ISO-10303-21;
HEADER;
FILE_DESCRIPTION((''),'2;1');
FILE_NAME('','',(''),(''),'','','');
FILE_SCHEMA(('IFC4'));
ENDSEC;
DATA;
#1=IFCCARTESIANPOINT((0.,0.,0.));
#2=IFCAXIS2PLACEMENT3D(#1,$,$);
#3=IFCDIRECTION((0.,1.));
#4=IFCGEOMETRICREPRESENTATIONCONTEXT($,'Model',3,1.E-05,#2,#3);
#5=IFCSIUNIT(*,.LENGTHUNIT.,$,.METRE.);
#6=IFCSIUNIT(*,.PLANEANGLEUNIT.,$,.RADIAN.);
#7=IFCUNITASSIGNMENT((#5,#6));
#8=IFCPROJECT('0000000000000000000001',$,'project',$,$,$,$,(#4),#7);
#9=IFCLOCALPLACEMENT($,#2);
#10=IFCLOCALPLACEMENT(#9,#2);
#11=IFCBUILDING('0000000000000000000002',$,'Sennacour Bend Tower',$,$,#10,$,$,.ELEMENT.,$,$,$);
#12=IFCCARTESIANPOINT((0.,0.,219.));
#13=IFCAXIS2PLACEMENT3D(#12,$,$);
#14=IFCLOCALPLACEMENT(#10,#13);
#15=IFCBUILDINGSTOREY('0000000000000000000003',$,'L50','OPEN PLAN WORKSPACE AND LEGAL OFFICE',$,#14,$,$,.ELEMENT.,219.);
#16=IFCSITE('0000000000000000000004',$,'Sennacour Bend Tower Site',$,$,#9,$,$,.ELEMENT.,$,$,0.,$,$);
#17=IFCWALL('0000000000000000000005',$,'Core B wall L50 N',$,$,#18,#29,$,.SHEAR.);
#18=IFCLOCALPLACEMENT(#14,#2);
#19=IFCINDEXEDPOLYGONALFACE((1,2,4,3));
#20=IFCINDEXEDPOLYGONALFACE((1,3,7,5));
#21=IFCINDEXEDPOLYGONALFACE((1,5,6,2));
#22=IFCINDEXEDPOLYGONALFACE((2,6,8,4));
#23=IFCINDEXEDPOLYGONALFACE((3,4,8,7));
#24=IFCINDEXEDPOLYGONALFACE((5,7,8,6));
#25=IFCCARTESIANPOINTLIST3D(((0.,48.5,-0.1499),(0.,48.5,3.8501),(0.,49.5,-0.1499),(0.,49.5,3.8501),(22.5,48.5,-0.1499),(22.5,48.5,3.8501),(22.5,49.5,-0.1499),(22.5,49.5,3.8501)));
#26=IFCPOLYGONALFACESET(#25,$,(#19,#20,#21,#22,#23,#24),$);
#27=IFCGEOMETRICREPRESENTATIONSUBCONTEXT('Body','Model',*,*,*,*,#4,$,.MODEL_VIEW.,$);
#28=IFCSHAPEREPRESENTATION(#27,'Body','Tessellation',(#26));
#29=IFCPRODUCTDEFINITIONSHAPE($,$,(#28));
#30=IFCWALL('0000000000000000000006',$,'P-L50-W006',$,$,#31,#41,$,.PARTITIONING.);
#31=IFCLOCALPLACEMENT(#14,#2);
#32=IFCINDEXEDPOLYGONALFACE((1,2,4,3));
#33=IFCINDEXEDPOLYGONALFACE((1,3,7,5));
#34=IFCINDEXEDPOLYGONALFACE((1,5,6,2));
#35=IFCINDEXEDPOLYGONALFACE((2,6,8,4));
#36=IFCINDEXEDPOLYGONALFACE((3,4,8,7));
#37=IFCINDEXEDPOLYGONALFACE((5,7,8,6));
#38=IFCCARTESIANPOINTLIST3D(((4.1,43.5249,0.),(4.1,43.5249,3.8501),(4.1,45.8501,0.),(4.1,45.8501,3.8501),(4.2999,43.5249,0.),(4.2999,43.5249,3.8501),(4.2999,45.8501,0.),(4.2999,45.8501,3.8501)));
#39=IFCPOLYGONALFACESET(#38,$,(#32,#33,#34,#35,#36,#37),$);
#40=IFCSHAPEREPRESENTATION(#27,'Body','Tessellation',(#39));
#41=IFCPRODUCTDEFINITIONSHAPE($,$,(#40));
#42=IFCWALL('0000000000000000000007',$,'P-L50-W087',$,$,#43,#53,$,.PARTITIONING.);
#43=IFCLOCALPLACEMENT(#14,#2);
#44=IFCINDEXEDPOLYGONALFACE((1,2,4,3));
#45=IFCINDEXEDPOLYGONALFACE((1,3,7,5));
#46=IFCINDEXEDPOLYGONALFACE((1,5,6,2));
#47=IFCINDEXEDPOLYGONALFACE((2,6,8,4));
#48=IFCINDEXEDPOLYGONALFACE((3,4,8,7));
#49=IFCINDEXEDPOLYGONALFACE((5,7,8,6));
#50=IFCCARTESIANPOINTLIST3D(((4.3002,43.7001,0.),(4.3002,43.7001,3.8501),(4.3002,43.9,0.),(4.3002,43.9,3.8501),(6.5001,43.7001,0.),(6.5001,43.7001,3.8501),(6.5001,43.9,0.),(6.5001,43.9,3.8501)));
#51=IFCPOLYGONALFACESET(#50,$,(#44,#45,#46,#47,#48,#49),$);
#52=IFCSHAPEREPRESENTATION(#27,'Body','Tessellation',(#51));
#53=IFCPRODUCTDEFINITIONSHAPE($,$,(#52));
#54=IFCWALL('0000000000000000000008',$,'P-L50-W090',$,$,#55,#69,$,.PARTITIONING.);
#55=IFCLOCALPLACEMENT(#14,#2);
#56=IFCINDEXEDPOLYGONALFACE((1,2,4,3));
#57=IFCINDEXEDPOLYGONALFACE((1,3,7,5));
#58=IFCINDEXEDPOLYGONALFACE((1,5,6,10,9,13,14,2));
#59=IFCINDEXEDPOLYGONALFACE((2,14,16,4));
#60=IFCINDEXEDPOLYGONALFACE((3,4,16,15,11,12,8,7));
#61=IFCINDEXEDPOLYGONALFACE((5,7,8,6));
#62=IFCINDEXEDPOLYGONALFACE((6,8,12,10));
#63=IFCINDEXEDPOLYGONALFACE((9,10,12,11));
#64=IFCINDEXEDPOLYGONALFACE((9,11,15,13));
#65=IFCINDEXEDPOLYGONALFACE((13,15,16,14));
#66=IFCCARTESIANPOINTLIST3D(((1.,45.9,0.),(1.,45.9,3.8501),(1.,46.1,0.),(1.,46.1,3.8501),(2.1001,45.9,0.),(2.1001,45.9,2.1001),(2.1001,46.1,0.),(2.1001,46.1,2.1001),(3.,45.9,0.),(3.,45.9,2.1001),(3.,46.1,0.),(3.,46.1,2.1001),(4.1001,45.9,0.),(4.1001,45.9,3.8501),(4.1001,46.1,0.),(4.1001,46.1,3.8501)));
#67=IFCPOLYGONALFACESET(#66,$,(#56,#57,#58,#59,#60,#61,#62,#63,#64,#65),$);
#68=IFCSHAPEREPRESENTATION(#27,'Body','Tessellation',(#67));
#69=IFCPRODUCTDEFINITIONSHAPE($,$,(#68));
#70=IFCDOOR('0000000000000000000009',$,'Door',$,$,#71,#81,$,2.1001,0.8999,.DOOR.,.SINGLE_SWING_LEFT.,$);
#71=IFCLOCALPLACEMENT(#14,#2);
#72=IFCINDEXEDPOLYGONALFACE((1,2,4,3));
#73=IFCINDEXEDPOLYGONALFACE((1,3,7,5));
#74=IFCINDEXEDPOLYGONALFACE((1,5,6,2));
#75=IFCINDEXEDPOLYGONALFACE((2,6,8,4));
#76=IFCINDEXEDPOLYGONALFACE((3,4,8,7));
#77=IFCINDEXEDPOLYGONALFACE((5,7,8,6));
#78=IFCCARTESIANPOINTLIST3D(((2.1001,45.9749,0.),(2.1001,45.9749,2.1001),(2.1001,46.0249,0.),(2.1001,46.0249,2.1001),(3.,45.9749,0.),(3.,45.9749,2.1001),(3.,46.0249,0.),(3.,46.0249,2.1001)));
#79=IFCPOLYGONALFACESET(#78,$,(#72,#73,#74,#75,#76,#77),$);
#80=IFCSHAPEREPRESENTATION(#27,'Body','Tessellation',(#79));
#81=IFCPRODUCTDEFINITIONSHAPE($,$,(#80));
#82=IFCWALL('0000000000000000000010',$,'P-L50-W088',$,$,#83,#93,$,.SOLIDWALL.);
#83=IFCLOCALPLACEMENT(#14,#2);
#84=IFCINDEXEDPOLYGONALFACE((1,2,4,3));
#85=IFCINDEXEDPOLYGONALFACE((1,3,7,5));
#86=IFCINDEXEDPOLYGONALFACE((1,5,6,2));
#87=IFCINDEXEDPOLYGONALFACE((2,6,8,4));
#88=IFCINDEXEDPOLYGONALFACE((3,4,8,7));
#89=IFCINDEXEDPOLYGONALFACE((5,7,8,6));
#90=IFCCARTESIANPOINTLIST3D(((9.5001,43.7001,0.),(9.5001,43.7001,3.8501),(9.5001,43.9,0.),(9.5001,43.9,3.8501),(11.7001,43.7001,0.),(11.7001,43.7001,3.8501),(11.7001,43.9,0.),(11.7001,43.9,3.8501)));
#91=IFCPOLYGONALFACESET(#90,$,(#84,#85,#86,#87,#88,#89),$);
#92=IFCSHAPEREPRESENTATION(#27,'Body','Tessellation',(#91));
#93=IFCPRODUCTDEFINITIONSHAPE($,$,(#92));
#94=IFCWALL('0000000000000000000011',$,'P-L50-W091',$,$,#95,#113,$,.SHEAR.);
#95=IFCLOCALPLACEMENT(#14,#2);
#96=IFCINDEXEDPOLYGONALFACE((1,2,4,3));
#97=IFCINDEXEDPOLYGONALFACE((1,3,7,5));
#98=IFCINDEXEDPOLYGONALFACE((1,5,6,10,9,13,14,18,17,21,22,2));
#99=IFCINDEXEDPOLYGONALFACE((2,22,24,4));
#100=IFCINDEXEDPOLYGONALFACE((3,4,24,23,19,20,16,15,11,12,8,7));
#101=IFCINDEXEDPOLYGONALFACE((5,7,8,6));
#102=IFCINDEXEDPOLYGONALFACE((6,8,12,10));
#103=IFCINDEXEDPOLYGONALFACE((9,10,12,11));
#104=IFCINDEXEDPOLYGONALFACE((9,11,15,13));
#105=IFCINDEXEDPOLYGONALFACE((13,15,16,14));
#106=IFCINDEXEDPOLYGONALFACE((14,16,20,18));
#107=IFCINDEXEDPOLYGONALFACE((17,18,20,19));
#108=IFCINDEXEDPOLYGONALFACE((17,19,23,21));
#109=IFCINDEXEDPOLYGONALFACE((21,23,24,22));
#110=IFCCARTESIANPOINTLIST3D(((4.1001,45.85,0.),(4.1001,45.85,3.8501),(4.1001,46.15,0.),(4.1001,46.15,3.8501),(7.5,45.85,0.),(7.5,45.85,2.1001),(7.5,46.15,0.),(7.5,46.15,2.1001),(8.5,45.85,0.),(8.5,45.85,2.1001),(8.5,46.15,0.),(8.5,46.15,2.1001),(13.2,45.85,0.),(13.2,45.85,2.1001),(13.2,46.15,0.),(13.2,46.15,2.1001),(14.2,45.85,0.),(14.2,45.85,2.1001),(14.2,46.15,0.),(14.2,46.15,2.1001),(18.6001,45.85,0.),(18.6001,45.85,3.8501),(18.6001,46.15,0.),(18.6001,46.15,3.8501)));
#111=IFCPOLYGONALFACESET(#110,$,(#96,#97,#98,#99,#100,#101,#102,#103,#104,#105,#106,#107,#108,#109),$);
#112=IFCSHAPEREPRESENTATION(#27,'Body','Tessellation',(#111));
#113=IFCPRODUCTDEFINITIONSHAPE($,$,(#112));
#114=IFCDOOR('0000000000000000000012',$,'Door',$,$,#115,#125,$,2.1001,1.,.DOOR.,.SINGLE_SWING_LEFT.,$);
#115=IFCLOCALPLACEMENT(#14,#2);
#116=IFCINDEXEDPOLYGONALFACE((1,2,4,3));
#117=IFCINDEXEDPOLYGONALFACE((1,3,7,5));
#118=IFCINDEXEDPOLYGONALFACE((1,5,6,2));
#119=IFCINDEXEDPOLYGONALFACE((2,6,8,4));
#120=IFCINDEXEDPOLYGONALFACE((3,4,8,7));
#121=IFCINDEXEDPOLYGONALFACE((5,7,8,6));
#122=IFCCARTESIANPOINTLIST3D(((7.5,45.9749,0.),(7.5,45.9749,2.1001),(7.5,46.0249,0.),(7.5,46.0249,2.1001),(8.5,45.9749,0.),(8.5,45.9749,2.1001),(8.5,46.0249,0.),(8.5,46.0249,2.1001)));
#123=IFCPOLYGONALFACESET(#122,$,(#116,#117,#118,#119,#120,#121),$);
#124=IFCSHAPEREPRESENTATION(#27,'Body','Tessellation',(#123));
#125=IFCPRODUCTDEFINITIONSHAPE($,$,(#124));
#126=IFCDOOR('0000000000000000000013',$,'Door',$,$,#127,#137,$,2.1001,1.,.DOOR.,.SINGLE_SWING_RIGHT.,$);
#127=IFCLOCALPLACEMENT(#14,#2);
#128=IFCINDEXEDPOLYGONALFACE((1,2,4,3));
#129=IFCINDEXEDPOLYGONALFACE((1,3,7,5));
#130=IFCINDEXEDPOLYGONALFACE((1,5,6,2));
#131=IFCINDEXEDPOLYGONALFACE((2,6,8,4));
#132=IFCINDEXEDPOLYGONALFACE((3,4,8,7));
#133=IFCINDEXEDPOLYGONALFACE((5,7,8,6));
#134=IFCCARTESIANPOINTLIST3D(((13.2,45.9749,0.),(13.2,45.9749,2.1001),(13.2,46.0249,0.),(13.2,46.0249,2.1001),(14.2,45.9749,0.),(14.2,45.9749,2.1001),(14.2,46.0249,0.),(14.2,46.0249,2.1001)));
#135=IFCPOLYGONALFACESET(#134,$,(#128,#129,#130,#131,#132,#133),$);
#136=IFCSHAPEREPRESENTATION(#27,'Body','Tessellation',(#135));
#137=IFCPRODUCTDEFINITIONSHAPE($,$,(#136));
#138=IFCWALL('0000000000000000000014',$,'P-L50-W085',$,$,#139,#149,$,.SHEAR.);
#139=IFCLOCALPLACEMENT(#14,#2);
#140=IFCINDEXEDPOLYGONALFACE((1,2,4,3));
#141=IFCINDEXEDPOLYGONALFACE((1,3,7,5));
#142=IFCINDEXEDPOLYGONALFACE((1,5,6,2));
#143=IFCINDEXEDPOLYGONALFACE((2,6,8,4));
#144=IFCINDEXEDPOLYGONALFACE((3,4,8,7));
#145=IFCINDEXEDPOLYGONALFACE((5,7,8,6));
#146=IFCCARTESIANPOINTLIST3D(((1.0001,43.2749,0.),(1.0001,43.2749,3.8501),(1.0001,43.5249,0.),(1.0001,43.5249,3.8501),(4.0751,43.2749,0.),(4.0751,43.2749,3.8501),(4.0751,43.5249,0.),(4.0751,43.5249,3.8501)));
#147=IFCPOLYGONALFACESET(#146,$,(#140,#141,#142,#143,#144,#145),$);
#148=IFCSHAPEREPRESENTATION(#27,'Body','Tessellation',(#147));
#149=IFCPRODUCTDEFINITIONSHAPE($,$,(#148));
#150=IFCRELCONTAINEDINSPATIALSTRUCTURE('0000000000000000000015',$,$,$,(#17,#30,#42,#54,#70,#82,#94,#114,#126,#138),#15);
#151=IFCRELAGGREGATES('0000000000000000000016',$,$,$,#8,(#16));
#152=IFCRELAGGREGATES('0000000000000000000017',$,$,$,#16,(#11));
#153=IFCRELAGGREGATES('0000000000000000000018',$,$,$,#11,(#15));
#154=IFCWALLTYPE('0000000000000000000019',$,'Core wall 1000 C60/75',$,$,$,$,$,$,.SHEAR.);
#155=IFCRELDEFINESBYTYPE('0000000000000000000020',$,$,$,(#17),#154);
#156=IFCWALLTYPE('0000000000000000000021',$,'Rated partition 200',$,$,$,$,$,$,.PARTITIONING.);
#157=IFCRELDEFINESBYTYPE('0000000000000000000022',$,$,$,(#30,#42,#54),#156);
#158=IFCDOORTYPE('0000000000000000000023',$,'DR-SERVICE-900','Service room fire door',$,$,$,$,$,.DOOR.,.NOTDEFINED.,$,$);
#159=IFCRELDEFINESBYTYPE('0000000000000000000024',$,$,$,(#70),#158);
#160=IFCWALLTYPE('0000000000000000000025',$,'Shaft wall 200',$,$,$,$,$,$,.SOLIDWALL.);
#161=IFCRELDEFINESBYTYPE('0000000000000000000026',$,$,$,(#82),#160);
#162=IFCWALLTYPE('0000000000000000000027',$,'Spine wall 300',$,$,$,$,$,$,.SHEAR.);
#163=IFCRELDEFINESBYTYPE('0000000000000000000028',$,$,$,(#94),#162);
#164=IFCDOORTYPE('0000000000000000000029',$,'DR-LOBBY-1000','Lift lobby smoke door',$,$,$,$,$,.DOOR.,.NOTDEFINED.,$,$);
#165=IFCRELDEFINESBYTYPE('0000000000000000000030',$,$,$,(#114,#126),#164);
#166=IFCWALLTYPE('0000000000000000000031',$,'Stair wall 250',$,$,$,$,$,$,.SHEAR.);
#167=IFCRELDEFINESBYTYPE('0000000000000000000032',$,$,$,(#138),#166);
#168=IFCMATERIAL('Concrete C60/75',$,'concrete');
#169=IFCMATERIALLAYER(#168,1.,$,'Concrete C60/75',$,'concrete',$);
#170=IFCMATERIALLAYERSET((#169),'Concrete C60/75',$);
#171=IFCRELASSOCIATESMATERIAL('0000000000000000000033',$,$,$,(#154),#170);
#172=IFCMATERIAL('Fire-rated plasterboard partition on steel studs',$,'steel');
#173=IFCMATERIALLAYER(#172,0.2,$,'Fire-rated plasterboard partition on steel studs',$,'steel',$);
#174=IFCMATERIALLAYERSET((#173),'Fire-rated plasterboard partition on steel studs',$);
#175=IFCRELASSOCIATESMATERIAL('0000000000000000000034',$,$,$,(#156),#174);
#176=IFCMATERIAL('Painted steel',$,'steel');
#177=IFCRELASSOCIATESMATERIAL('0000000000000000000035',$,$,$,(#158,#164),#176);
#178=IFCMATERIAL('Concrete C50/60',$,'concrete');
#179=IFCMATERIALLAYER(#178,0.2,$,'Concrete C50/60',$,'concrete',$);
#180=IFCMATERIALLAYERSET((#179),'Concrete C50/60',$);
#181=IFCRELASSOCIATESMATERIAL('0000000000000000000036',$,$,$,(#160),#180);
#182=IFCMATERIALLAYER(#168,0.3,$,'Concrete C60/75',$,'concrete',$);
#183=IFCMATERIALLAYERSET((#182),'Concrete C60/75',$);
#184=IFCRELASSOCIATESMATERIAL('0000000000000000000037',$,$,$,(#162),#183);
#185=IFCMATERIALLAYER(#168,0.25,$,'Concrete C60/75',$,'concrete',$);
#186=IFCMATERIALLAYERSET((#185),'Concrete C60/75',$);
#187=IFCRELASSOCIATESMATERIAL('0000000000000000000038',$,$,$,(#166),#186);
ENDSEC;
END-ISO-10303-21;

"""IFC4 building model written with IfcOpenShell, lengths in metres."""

from ifc_helpers import new_model, si_unit, direction, frame, frame_2d, origin, place, context, subcontext, project, spatial, rectangle, extrude, material, layer, layer_set, type_object, element, fill, save


model = new_model("IFC4")

# Units and contexts
model_context = context("Model", 3, precision=1e-05, world=origin(), true_north=direction((0.0, 1.0)))
body_context = subcontext(model_context, "Body", "Model", "MODEL_VIEW")
ifc_project = project(units=[si_unit("LENGTHUNIT", "METRE"), si_unit("PLANEANGLEUNIT", "RADIAN")], contexts=[model_context])

# Site, building, storey
site_placement = place(None, origin())
site = spatial("IfcSite", under=ifc_project, at=site_placement, Name="Sennacour Bend Tower Site", CompositionType="ELEMENT", RefElevation=0.0)
building_placement = place(site_placement, origin())
building = spatial("IfcBuilding", under=site, at=building_placement, Name="Sennacour Bend Tower", CompositionType="ELEMENT")
storey_placement = place(building_placement, frame((0.0, 0.0, 219.0)))
storey = spatial("IfcBuildingStorey", under=building, at=storey_placement, Name="L50", Description="OPEN PLAN WORKSPACE AND LEGAL OFFICE", CompositionType="ELEMENT", Elevation=219.0)

# Walls
ifc_material_1 = material(Name="Concrete C60/75", Category="concrete")
ifc_layer_1 = layer(ifc_material_1, 1.0, Name="Concrete C60/75", Category="concrete")
ifc_layer_set_1 = layer_set([ifc_layer_1], Name="Concrete C60/75")
wall_type_1 = type_object("IfcWallType", Name="Core wall 1000 C60/75", PredefinedType="SHEAR", material=ifc_layer_set_1)
wall_1_placement = place(storey_placement, frame((0.0, 49.0, -0.1499), z_axis=(0.0, 0.0, 1.0), x_axis=(1.0, 0.0, 0.0)))
element("IfcWall", 1, at=wall_1_placement, inside=storey, type_object=wall_type_1, Name="Core B wall L50 N", PredefinedType="SHEAR", context=body_context, shape_type="SweptSolid", body=[
    extrude(rectangle(XDim=22.5, YDim=1.0, at=frame_2d((11.25, 0.0))), origin(), (0.0, 0.0, 1.0), 4.0),
])
ifc_material_2 = material(Name="Fire-rated plasterboard partition on steel studs", Category="steel")
ifc_layer_2 = layer(ifc_material_2, 0.2, Name="Fire-rated plasterboard partition on steel studs", Category="steel")
ifc_layer_set_2 = layer_set([ifc_layer_2], Name="Fire-rated plasterboard partition on steel studs")
wall_type_2 = type_object("IfcWallType", Name="Rated partition 200", PredefinedType="PARTITIONING", material=ifc_layer_set_2)
wall_2_placement = place(storey_placement, frame((4.2, 43.5249, 0.0), z_axis=(0.0, 0.0, 1.0), x_axis=(0.0, 1.0, 0.0)))
element("IfcWall", 2, at=wall_2_placement, inside=storey, type_object=wall_type_2, Name="P-L50-W006", PredefinedType="PARTITIONING", context=body_context, shape_type="SweptSolid", body=[
    extrude(rectangle(XDim=2.3252, YDim=0.2, at=frame_2d((1.1626, 0.0))), origin(), (0.0, 0.0, 1.0), 3.8501),
])
wall_3_placement = place(storey_placement, frame((4.3, 43.8, 0.0), z_axis=(0.0, 0.0, 1.0), x_axis=(1.0, 0.0, 0.0)))
element("IfcWall", 3, at=wall_3_placement, inside=storey, type_object=wall_type_2, Name="P-L50-W087", PredefinedType="PARTITIONING", context=body_context, shape_type="SweptSolid", body=[
    extrude(rectangle(XDim=2.2, YDim=0.2, at=frame_2d((1.1001, 0.0))), origin(), (0.0, 0.0, 1.0), 3.8501),
])

# Wall, opening, door
wall_4_placement = place(storey_placement, frame((1.0, 46.0, 0.0), z_axis=(0.0, 0.0, 1.0), x_axis=(1.0, 0.0, 0.0)))
wall_4 = element("IfcWall", 4, at=wall_4_placement, inside=storey, type_object=wall_type_2, Name="P-L50-W090", PredefinedType="PARTITIONING", context=body_context, shape_type="SweptSolid", body=[
    extrude(rectangle(XDim=3.1001, YDim=0.2, at=frame_2d((1.55, 0.0))), origin(), (0.0, 0.0, 1.0), 3.8501),
])
opening_1_placement = place(wall_4_placement, frame((1.1001, 0.0, 0.0)))
opening_1 = element("IfcOpeningElement", 5, at=opening_1_placement, cuts=wall_4, PredefinedType="OPENING", context=body_context, shape_type="SweptSolid", body=[
    extrude(rectangle(XDim=0.8999, YDim=2.1001, at=frame_2d((0.45, 1.05))), frame((0.0, 0.1099, 0.0), z_axis=(0.0, -1.0, 0.0), x_axis=(1.0, 0.0, 0.0)), (0.0, 0.0, 1.0), 0.22),
])
ifc_material_3 = material(Name="Painted steel", Category="steel")
door_type_1 = type_object("IfcDoorType", Name="DR-SERVICE-900", Description="Service room fire door", OperationType="NOTDEFINED", PredefinedType="DOOR", material=ifc_material_3)
door_1_placement = place(opening_1_placement, origin())
door_1 = element("IfcDoor", 6, at=door_1_placement, inside=storey, type_object=door_type_1, Name="Door", OperationType="SINGLE_SWING_LEFT", OverallHeight=2.1001, OverallWidth=0.8999, PredefinedType="DOOR", context=body_context, shape_type="SweptSolid", body=[
    extrude(rectangle(XDim=0.8999, YDim=2.1001, at=frame_2d((0.45, 1.05))), frame((0.0, 0.0249, 0.0), z_axis=(0.0, -1.0, 0.0), x_axis=(1.0, 0.0, 0.0)), (0.0, 0.0, 1.0), 0.05),
])
fill(opening_1, door_1)

# Wall
ifc_material_4 = material(Name="Concrete C50/60", Category="concrete")
ifc_layer_3 = layer(ifc_material_4, 0.2, Name="Concrete C50/60", Category="concrete")
ifc_layer_set_3 = layer_set([ifc_layer_3], Name="Concrete C50/60")
wall_type_3 = type_object("IfcWallType", Name="Shaft wall 200", PredefinedType="SOLIDWALL", material=ifc_layer_set_3)
wall_5_placement = place(storey_placement, frame((9.5, 43.8, 0.0), z_axis=(0.0, 0.0, 1.0), x_axis=(1.0, 0.0, 0.0)))
element("IfcWall", 7, at=wall_5_placement, inside=storey, type_object=wall_type_3, Name="P-L50-W088", PredefinedType="SOLIDWALL", context=body_context, shape_type="SweptSolid", body=[
    extrude(rectangle(XDim=2.2, YDim=0.2, at=frame_2d((1.1001, 0.0))), origin(), (0.0, 0.0, 1.0), 3.8501),
])

# Wall, openings, doors
ifc_layer_4 = layer(ifc_material_1, 0.3, Name="Concrete C60/75", Category="concrete")
ifc_layer_set_4 = layer_set([ifc_layer_4], Name="Concrete C60/75")
wall_type_4 = type_object("IfcWallType", Name="Spine wall 300", PredefinedType="SHEAR", material=ifc_layer_set_4)
wall_6_placement = place(storey_placement, frame((4.1001, 46.0, 0.0), z_axis=(0.0, 0.0, 1.0), x_axis=(1.0, 0.0, 0.0)))
wall_6 = element("IfcWall", 8, at=wall_6_placement, inside=storey, type_object=wall_type_4, Name="P-L50-W091", PredefinedType="SHEAR", context=body_context, shape_type="SweptSolid", body=[
    extrude(rectangle(XDim=14.5, YDim=0.3, at=frame_2d((7.25, 0.0))), origin(), (0.0, 0.0, 1.0), 3.8501),
])
opening_2_placement = place(wall_6_placement, frame((3.3999, 0.0, 0.0)))
opening_2 = element("IfcOpeningElement", 9, at=opening_2_placement, cuts=wall_6, PredefinedType="OPENING", context=body_context, shape_type="SweptSolid", body=[
    extrude(rectangle(XDim=1.0, YDim=2.1001, at=frame_2d((0.5, 1.05))), frame((0.0, 0.1602, 0.0), z_axis=(0.0, -1.0, 0.0), x_axis=(1.0, 0.0, 0.0)), (0.0, 0.0, 1.0), 0.3201),
])
opening_3_placement = place(wall_6_placement, frame((9.0999, 0.0, 0.0)))
opening_3 = element("IfcOpeningElement", 10, at=opening_3_placement, cuts=wall_6, PredefinedType="OPENING", context=body_context, shape_type="SweptSolid", body=[
    extrude(rectangle(XDim=1.0, YDim=2.1001, at=frame_2d((0.5, 1.05))), frame((0.0, 0.1602, 0.0), z_axis=(0.0, -1.0, 0.0), x_axis=(1.0, 0.0, 0.0)), (0.0, 0.0, 1.0), 0.3201),
])
door_type_2 = type_object("IfcDoorType", Name="DR-LOBBY-1000", Description="Lift lobby smoke door", OperationType="NOTDEFINED", PredefinedType="DOOR", material=ifc_material_3)
door_2_placement = place(opening_2_placement, origin())
door_2 = element("IfcDoor", 11, at=door_2_placement, inside=storey, type_object=door_type_2, Name="Door", OperationType="SINGLE_SWING_LEFT", OverallHeight=2.1001, OverallWidth=1.0, PredefinedType="DOOR", context=body_context, shape_type="SweptSolid", body=[
    extrude(rectangle(XDim=1.0, YDim=2.1001, at=frame_2d((0.5, 1.05))), frame((0.0, 0.0249, 0.0), z_axis=(0.0, -1.0, 0.0), x_axis=(1.0, 0.0, 0.0)), (0.0, 0.0, 1.0), 0.05),
])
fill(opening_2, door_2)
door_3_placement = place(opening_3_placement, origin())
door_3 = element("IfcDoor", 12, at=door_3_placement, inside=storey, type_object=door_type_2, Name="Door", OperationType="SINGLE_SWING_RIGHT", OverallHeight=2.1001, OverallWidth=1.0, PredefinedType="DOOR", context=body_context, shape_type="SweptSolid", body=[
    extrude(rectangle(XDim=1.0, YDim=2.1001, at=frame_2d((0.5, 1.05))), frame((0.0, 0.0249, 0.0), z_axis=(0.0, -1.0, 0.0), x_axis=(1.0, 0.0, 0.0)), (0.0, 0.0, 1.0), 0.05),
])
fill(opening_3, door_3)

# Wall
ifc_layer_5 = layer(ifc_material_1, 0.25, Name="Concrete C60/75", Category="concrete")
ifc_layer_set_5 = layer_set([ifc_layer_5], Name="Concrete C60/75")
wall_type_5 = type_object("IfcWallType", Name="Stair wall 250", PredefinedType="SHEAR", material=ifc_layer_set_5)
wall_7_placement = place(storey_placement, frame((1.0, 43.3999, 0.0), z_axis=(0.0, 0.0, 1.0), x_axis=(1.0, 0.0, 0.0)))
element("IfcWall", 13, at=wall_7_placement, inside=storey, type_object=wall_type_5, Name="P-L50-W085", PredefinedType="SHEAR", context=body_context, shape_type="SweptSolid", body=[
    extrude(rectangle(XDim=3.075, YDim=0.25, at=frame_2d((1.5376, 0.0))), origin(), (0.0, 0.0, 1.0), 3.8501),
])

save(model, "model.ifc")
